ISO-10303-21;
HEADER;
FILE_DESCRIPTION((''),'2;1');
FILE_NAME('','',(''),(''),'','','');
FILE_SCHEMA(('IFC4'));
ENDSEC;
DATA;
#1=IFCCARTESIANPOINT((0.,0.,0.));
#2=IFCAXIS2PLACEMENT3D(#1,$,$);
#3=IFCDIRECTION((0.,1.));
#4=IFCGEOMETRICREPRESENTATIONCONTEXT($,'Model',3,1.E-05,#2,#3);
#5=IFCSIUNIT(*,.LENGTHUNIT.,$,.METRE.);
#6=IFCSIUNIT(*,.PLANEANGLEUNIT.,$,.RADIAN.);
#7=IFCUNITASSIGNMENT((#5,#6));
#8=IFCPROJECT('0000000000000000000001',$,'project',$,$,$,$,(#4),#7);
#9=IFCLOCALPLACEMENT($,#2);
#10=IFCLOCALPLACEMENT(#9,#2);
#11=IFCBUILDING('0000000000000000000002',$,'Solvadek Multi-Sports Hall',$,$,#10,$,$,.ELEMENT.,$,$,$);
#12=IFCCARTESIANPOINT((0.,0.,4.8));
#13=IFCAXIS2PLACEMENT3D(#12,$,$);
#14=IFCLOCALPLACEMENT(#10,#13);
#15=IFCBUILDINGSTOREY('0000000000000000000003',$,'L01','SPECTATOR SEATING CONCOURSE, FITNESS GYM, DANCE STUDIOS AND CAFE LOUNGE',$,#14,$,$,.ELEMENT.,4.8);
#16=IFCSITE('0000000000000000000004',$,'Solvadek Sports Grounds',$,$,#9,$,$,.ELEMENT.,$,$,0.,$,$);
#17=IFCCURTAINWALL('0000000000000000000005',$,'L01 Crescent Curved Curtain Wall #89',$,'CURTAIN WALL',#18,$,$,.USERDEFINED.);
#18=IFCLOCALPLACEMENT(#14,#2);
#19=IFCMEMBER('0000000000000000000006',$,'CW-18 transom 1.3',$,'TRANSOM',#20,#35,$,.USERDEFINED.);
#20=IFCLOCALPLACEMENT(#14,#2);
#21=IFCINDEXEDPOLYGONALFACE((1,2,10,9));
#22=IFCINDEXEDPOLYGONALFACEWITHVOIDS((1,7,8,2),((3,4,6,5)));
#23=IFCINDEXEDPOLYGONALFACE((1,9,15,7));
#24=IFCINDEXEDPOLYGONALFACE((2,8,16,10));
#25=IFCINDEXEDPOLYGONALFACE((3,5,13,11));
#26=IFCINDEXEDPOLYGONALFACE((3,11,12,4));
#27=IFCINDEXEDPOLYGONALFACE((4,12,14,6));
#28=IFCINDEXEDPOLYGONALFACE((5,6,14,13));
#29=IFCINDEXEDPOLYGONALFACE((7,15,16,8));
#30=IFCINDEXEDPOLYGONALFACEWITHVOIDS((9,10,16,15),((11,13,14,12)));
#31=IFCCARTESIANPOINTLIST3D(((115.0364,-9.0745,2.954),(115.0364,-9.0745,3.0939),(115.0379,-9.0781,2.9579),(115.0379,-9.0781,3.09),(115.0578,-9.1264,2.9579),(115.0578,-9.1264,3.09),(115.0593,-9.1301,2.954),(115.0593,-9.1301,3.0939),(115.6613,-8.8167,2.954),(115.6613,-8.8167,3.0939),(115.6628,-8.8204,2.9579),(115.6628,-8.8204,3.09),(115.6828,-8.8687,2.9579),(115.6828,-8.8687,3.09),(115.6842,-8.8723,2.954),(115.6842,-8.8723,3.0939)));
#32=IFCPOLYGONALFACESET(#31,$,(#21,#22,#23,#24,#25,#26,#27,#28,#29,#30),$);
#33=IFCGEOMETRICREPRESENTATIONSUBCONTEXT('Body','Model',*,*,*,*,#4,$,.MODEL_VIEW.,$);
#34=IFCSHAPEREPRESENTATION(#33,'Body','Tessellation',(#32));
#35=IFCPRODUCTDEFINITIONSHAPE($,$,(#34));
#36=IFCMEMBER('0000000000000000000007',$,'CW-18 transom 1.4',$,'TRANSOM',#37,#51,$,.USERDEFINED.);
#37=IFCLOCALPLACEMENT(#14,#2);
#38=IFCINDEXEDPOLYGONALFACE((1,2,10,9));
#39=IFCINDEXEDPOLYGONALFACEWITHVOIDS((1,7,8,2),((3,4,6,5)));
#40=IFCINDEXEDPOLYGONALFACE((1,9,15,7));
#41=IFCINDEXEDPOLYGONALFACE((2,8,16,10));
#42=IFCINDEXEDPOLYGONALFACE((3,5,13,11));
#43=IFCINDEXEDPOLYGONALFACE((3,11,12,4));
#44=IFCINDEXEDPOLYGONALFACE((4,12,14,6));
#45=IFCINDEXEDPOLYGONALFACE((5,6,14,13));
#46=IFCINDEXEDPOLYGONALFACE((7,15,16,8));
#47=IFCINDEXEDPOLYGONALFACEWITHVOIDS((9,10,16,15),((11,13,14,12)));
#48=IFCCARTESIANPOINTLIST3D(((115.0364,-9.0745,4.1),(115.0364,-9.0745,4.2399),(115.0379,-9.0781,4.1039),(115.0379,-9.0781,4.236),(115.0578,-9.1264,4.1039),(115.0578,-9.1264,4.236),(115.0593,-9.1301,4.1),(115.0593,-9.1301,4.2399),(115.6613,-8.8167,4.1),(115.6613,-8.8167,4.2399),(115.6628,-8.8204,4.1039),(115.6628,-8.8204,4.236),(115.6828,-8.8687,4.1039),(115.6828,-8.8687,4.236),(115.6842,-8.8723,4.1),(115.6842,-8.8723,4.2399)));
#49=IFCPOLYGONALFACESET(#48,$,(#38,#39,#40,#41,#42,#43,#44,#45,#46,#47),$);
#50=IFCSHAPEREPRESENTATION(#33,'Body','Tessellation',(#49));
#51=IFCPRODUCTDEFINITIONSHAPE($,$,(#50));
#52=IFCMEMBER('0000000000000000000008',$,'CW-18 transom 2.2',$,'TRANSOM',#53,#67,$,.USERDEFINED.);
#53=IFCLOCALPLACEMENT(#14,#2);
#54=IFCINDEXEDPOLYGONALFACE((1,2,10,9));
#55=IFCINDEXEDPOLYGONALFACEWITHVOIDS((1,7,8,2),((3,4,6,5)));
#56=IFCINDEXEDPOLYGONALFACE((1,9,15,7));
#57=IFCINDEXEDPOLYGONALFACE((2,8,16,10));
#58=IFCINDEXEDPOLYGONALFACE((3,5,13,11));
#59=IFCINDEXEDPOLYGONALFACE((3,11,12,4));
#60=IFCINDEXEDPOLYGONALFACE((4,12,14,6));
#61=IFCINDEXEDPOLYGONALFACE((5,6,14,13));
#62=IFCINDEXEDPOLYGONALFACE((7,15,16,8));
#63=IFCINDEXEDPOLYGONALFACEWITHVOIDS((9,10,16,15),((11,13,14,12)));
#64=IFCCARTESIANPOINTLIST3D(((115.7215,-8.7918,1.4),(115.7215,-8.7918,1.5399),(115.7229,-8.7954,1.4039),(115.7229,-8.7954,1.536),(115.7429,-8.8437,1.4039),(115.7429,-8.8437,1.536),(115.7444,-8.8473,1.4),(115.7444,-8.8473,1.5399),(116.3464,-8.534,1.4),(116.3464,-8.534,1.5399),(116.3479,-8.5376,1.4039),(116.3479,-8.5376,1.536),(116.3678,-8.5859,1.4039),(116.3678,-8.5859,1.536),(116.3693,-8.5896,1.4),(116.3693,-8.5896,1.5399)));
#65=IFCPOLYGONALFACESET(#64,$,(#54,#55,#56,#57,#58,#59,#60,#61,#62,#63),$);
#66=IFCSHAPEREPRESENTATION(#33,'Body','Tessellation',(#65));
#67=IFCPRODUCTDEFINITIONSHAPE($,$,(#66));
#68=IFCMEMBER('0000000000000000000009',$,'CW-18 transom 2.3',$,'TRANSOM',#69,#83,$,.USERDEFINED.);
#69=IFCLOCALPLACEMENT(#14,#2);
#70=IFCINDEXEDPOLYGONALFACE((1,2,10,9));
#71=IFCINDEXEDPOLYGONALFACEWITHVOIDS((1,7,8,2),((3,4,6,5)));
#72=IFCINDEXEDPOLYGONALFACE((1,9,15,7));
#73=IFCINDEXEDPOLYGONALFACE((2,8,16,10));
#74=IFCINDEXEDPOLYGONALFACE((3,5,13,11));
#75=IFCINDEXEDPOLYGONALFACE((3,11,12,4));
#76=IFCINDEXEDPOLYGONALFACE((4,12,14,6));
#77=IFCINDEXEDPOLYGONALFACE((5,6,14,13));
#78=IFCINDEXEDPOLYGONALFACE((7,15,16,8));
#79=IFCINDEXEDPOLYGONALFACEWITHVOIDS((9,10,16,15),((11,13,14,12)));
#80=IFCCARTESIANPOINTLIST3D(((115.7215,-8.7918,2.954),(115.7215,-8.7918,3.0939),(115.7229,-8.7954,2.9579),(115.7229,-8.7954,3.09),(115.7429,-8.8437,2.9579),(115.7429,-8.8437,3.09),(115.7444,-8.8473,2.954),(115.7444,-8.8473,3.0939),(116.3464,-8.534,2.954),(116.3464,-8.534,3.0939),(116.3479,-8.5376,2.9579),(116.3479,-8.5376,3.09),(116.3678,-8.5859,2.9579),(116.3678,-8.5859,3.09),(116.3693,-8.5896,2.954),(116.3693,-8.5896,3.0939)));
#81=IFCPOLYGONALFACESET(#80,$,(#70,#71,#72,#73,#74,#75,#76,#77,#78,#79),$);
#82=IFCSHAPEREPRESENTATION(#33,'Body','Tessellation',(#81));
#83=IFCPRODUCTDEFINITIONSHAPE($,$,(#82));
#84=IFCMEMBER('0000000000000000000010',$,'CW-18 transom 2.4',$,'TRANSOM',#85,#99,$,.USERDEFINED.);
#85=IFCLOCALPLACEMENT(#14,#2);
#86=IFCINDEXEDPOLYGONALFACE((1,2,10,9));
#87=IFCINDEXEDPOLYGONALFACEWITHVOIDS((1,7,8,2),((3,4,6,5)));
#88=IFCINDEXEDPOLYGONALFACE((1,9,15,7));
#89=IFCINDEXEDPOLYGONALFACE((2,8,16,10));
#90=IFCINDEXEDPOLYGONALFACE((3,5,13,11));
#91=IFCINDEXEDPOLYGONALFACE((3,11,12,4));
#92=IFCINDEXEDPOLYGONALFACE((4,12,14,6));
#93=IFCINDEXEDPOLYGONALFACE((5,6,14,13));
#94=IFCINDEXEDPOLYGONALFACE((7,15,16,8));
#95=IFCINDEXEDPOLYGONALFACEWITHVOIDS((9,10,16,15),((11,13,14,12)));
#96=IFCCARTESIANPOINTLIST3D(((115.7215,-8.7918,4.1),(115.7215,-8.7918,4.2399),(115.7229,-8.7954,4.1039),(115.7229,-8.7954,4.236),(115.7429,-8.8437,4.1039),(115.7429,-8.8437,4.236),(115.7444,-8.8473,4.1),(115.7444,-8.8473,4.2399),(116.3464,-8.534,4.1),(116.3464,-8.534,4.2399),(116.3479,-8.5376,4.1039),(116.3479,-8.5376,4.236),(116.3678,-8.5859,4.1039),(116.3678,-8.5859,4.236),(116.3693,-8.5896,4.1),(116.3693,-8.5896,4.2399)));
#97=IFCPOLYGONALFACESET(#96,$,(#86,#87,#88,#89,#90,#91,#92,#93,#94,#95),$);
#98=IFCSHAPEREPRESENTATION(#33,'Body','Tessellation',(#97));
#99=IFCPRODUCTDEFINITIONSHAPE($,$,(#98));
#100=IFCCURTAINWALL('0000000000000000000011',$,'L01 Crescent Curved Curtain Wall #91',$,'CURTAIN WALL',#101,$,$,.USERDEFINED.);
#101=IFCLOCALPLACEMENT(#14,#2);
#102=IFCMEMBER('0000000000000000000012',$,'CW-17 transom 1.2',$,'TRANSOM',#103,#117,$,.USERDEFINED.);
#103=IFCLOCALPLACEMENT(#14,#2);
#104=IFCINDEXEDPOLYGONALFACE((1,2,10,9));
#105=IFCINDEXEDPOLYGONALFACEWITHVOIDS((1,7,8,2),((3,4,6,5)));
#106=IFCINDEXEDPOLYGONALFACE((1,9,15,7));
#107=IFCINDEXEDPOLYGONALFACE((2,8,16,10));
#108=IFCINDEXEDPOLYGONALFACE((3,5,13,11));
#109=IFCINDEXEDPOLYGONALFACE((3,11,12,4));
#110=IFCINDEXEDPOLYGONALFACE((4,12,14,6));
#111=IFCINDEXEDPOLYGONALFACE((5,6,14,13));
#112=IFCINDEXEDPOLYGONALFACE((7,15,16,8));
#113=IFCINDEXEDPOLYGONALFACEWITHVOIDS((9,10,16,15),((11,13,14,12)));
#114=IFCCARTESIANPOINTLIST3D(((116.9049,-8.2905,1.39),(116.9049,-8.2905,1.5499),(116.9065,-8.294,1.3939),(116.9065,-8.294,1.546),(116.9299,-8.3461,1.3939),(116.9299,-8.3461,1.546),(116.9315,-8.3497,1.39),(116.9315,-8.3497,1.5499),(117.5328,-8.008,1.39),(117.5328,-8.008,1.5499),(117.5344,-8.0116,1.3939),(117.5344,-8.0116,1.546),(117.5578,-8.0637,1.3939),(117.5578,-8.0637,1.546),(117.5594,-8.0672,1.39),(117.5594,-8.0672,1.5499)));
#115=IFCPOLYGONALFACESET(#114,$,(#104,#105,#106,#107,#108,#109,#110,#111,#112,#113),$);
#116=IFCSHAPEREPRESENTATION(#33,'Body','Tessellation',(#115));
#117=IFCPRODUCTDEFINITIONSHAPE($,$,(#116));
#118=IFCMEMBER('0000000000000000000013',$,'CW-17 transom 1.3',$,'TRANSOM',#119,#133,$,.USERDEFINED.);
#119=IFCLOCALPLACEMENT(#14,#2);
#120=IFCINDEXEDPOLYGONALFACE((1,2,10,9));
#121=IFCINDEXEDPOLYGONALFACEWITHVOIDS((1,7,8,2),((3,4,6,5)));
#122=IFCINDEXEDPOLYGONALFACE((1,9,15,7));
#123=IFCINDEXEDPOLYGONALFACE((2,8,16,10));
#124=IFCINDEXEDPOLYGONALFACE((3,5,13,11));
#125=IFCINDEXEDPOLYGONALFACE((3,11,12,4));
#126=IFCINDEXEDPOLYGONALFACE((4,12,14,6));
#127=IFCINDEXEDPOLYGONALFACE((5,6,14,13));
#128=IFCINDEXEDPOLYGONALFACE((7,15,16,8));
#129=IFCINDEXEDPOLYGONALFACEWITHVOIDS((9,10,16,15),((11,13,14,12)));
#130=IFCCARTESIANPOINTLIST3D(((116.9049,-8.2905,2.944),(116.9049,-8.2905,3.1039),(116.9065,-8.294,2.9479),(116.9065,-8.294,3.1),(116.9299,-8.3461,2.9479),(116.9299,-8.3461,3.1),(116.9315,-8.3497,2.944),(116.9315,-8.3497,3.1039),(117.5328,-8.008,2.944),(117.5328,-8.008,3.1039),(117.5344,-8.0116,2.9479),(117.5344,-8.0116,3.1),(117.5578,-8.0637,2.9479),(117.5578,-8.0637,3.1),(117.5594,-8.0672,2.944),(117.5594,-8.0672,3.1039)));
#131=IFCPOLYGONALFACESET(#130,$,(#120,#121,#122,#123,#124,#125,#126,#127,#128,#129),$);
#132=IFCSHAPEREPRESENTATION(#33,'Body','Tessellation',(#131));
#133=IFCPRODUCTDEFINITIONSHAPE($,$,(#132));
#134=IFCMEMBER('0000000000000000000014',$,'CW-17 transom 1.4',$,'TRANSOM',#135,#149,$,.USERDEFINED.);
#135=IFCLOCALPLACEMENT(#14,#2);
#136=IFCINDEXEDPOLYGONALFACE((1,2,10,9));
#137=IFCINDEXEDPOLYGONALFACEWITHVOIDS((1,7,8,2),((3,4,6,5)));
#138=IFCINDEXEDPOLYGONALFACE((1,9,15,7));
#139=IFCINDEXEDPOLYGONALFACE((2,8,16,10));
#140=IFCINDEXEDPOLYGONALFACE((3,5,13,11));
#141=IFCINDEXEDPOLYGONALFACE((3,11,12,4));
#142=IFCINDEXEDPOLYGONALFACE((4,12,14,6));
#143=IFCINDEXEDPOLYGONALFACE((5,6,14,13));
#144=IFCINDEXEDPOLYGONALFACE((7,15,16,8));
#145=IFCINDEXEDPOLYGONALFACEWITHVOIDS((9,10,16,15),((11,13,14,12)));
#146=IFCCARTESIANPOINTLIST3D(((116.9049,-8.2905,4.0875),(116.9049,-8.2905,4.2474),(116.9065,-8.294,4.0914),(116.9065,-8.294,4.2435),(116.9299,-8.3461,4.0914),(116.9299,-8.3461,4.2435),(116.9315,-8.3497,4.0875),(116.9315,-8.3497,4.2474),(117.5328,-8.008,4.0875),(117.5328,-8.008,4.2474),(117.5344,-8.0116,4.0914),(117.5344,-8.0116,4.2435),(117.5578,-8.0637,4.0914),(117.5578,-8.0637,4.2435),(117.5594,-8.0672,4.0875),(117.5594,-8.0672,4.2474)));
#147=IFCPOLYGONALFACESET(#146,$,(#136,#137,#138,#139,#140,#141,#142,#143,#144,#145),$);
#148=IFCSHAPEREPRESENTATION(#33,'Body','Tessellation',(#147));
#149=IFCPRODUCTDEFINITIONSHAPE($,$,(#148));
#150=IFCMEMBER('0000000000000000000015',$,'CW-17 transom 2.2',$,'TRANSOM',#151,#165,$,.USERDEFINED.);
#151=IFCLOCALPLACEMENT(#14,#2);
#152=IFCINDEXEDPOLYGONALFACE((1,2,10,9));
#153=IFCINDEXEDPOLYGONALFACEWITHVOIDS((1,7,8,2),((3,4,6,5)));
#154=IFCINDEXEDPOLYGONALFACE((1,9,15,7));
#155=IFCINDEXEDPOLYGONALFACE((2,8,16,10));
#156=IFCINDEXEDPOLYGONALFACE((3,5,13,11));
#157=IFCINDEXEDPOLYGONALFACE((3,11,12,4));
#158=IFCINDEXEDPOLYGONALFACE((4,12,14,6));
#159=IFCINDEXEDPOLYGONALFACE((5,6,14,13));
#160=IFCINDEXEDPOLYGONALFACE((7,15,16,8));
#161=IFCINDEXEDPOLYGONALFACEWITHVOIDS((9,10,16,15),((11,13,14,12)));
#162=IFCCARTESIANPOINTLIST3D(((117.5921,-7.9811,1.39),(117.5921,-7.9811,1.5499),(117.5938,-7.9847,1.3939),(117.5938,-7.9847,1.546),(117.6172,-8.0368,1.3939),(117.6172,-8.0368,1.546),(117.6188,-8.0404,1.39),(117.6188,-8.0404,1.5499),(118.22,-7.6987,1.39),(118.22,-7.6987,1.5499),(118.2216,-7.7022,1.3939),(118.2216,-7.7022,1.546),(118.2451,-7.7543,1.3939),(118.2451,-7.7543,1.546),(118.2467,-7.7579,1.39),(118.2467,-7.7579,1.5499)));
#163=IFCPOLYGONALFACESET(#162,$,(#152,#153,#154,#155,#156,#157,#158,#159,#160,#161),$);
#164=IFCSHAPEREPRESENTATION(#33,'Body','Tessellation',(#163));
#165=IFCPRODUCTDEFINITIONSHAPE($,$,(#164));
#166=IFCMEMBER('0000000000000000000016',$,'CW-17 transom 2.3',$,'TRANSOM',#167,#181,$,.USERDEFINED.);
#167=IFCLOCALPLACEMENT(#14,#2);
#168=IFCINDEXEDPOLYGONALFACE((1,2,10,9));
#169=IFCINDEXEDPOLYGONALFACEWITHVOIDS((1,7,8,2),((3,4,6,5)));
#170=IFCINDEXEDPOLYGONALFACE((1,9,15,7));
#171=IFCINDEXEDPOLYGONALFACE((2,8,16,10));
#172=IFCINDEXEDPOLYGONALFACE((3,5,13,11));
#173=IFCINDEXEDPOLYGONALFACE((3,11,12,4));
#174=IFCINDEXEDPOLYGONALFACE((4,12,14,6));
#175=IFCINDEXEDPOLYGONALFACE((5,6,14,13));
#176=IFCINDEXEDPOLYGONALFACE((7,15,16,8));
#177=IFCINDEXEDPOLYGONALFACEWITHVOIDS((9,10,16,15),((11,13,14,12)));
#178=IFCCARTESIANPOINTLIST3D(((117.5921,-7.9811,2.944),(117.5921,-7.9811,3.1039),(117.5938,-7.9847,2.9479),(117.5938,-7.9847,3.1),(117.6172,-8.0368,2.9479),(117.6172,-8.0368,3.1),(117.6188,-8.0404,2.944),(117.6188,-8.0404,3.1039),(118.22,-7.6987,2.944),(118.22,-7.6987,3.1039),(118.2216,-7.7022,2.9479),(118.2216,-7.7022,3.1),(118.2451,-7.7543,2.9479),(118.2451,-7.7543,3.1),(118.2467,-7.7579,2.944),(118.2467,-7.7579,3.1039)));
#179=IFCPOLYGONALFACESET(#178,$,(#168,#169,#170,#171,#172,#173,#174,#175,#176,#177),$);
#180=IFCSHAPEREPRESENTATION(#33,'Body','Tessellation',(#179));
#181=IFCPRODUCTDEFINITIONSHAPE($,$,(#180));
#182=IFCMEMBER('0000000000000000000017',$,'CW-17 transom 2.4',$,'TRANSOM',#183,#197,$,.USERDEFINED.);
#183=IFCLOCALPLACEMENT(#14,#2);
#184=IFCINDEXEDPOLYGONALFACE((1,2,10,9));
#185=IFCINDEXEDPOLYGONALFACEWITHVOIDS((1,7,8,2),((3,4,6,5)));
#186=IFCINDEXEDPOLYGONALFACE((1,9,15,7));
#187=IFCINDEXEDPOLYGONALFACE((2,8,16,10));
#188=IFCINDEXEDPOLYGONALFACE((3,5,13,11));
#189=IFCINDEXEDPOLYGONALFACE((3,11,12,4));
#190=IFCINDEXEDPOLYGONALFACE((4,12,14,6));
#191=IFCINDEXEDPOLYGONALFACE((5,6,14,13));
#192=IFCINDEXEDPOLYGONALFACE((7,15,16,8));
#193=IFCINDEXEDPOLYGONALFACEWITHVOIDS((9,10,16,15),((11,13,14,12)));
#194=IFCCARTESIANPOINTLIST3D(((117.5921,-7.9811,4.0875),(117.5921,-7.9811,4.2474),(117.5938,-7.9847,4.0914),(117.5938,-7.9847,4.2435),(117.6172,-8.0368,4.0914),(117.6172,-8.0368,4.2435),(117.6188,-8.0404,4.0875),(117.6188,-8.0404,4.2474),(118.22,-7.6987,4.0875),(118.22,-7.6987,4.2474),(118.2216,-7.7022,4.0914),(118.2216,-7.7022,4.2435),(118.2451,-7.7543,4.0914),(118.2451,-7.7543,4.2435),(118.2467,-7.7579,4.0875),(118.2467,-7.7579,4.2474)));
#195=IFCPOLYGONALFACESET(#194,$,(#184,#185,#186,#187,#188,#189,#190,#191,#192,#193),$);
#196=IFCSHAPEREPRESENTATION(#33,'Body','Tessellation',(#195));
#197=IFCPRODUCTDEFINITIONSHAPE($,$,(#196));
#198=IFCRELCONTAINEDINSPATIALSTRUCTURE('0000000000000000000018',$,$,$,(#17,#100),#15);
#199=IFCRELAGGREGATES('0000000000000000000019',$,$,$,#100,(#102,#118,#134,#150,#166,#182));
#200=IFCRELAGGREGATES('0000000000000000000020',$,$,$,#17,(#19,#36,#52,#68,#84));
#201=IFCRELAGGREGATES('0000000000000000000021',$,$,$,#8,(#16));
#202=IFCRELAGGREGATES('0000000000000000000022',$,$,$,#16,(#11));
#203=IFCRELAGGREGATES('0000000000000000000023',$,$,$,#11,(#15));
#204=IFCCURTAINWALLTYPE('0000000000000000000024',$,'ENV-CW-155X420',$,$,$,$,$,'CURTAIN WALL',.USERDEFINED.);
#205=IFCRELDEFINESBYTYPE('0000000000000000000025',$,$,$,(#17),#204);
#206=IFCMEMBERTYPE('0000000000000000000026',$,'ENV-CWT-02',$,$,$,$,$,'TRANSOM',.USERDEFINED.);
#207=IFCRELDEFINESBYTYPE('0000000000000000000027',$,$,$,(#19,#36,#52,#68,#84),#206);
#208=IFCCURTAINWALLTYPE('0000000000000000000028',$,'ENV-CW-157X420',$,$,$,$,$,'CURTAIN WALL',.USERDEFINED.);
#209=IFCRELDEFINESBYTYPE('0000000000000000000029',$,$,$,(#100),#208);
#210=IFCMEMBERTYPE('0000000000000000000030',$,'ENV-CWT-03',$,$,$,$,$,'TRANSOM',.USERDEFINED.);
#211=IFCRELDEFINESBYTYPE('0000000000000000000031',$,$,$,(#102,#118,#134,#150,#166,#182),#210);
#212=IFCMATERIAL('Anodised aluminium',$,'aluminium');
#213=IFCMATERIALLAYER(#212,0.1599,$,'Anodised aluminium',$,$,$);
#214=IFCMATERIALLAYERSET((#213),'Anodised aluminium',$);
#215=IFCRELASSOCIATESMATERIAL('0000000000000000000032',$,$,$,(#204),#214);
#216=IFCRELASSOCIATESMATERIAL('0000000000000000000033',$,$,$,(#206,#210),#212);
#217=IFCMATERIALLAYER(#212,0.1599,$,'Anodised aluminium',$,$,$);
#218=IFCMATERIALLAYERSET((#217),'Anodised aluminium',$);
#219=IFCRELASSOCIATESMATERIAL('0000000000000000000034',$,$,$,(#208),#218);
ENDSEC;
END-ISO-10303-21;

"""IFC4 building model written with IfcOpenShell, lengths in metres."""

from ifc_helpers import new_model, si_unit, direction, frame, origin, origin_2d, place, context, subcontext, project, spatial, hollow_rectangle, extrude, material, layer, layer_set, material_profile, profile_set, type_object, element, aggregate, save


model = new_model("IFC4")

# Units and contexts
model_context = context("Model", 3, precision=1e-05, world=origin(), true_north=direction((0.0, 1.0)))
body_context = subcontext(model_context, "Body", "Model", "MODEL_VIEW")
ifc_project = project(units=[si_unit("LENGTHUNIT", "METRE"), si_unit("PLANEANGLEUNIT", "RADIAN")], contexts=[model_context])

# Site, building, storey
site_placement = place(None, origin())
site = spatial("IfcSite", under=ifc_project, at=site_placement, Name="Solvadek Sports Grounds", CompositionType="ELEMENT", RefElevation=0.0)
building_placement = place(site_placement, origin())
building = spatial("IfcBuilding", under=site, at=building_placement, Name="Solvadek Multi-Sports Hall", CompositionType="ELEMENT")
storey_placement = place(building_placement, frame((0.0, 0.0, 4.8)))
storey = spatial("IfcBuildingStorey", under=building, at=storey_placement, Name="L01", Description="SPECTATOR SEATING CONCOURSE, FITNESS GYM, DANCE STUDIOS AND CAFE LOUNGE", CompositionType="ELEMENT", Elevation=4.8)

# Curtain walls, members
ifc_material_1 = material(Name="Anodised aluminium", Category="aluminium")
ifc_layer_1 = layer(ifc_material_1, 0.1599, Name="Anodised aluminium")
ifc_layer_set_1 = layer_set([ifc_layer_1], Name="Anodised aluminium")
curtain_wall_type_1 = type_object("IfcCurtainWallType", Name="ENV-CW-155X420", ElementType="CURTAIN WALL", PredefinedType="USERDEFINED", material=ifc_layer_set_1)
curtain_wall_1_placement = place(storey_placement, origin())
curtain_wall_1 = element("IfcCurtainWall", 1, at=curtain_wall_1_placement, inside=storey, type_object=curtain_wall_type_1, Name="L01 Crescent Curved Curtain Wall #89", ObjectType="CURTAIN WALL", PredefinedType="USERDEFINED")
ifc_material_profile_1 = material_profile(ifc_material_1, hollow_rectangle(XDim=0.0601, YDim=0.1399, WallThickness=0.0039, at=origin_2d()), Name="ALU-T 140x60x4")
ifc_profile_set_1 = profile_set([ifc_material_profile_1], Name="Anodised aluminium")
member_type_1 = type_object("IfcMemberType", Name="ENV-CWT-02", ElementType="TRANSOM", PredefinedType="USERDEFINED", material=ifc_profile_set_1)
member_1_placement = place(storey_placement, frame((115.0479, -9.1023, 3.0239), z_axis=(0.924439, 0.381331, 0.0), x_axis=(-0.381331, 0.924439, 0.0)))
member_1 = element("IfcMember", 2, at=member_1_placement, type_object=member_type_1, Name="CW-18 transom 1.3", ObjectType="TRANSOM", PredefinedType="USERDEFINED", context=body_context, shape_type="SweptSolid", body=[
    extrude(hollow_rectangle(XDim=0.0601, YDim=0.1399, WallThickness=0.0039, at=origin_2d()), origin(), (0.0, 0.0, 1.0), 0.676),
])
member_2_placement = place(storey_placement, frame((115.0479, -9.1023, 4.1699), z_axis=(0.924439, 0.381331, 0.0), x_axis=(-0.381331, 0.924439, 0.0)))
member_2 = element("IfcMember", 3, at=member_2_placement, type_object=member_type_1, Name="CW-18 transom 1.4", ObjectType="TRANSOM", PredefinedType="USERDEFINED", context=body_context, shape_type="SweptSolid", body=[
    extrude(hollow_rectangle(XDim=0.0601, YDim=0.1399, WallThickness=0.0039, at=origin_2d()), origin(), (0.0, 0.0, 1.0), 0.676),
])
member_3_placement = place(storey_placement, frame((115.7329, -8.8196, 1.47), z_axis=(0.924439, 0.381331, 0.0), x_axis=(-0.381331, 0.924439, 0.0)))
member_3 = element("IfcMember", 4, at=member_3_placement, type_object=member_type_1, Name="CW-18 transom 2.2", ObjectType="TRANSOM", PredefinedType="USERDEFINED", context=body_context, shape_type="SweptSolid", body=[
    extrude(hollow_rectangle(XDim=0.0601, YDim=0.1399, WallThickness=0.0039, at=origin_2d()), origin(), (0.0, 0.0, 1.0), 0.676),
])
member_4_placement = place(storey_placement, frame((115.7329, -8.8196, 3.0239), z_axis=(0.924439, 0.381331, 0.0), x_axis=(-0.381331, 0.924439, 0.0)))
member_4 = element("IfcMember", 5, at=member_4_placement, type_object=member_type_1, Name="CW-18 transom 2.3", ObjectType="TRANSOM", PredefinedType="USERDEFINED", context=body_context, shape_type="SweptSolid", body=[
    extrude(hollow_rectangle(XDim=0.0601, YDim=0.1399, WallThickness=0.0039, at=origin_2d()), origin(), (0.0, 0.0, 1.0), 0.676),
])
member_5_placement = place(storey_placement, frame((115.7329, -8.8196, 4.1699), z_axis=(0.924439, 0.381331, 0.0), x_axis=(-0.381331, 0.924439, 0.0)))
member_5 = element("IfcMember", 6, at=member_5_placement, type_object=member_type_1, Name="CW-18 transom 2.4", ObjectType="TRANSOM", PredefinedType="USERDEFINED", context=body_context, shape_type="SweptSolid", body=[
    extrude(hollow_rectangle(XDim=0.0601, YDim=0.1399, WallThickness=0.0039, at=origin_2d()), origin(), (0.0, 0.0, 1.0), 0.676),
])
ifc_layer_2 = layer(ifc_material_1, 0.1599, Name="Anodised aluminium")
ifc_layer_set_2 = layer_set([ifc_layer_2], Name="Anodised aluminium")
curtain_wall_type_2 = type_object("IfcCurtainWallType", Name="ENV-CW-157X420", ElementType="CURTAIN WALL", PredefinedType="USERDEFINED", material=ifc_layer_set_2)
curtain_wall_2_placement = place(storey_placement, origin())
curtain_wall_2 = element("IfcCurtainWall", 7, at=curtain_wall_2_placement, inside=storey, type_object=curtain_wall_type_2, Name="L01 Crescent Curved Curtain Wall #91", ObjectType="CURTAIN WALL", PredefinedType="USERDEFINED")
ifc_material_profile_2 = material_profile(ifc_material_1, hollow_rectangle(XDim=0.0649, YDim=0.1599, WallThickness=0.0039, at=origin_2d()), Name="ALU-T 160x65x4")
ifc_profile_set_2 = profile_set([ifc_material_profile_2], Name="Anodised aluminium")
member_type_2 = type_object("IfcMemberType", Name="ENV-CWT-03", ElementType="TRANSOM", PredefinedType="USERDEFINED", material=ifc_profile_set_2)
member_6_placement = place(storey_placement, frame((116.9182, -8.3201, 1.47), z_axis=(0.911975, 0.410247, 0.0), x_axis=(-0.410247, 0.911975, 0.0)))
member_6 = element("IfcMember", 8, at=member_6_placement, type_object=member_type_2, Name="CW-17 transom 1.2", ObjectType="TRANSOM", PredefinedType="USERDEFINED", context=body_context, shape_type="SweptSolid", body=[
    extrude(hollow_rectangle(XDim=0.0649, YDim=0.1599, WallThickness=0.0039, at=origin_2d()), origin(), (0.0, 0.0, 1.0), 0.6885),
])
member_7_placement = place(storey_placement, frame((116.9182, -8.3201, 3.0239), z_axis=(0.911975, 0.410247, 0.0), x_axis=(-0.410247, 0.911975, 0.0)))
member_7 = element("IfcMember", 9, at=member_7_placement, type_object=member_type_2, Name="CW-17 transom 1.3", ObjectType="TRANSOM", PredefinedType="USERDEFINED", context=body_context, shape_type="SweptSolid", body=[
    extrude(hollow_rectangle(XDim=0.0649, YDim=0.1599, WallThickness=0.0039, at=origin_2d()), origin(), (0.0, 0.0, 1.0), 0.6885),
])
member_8_placement = place(storey_placement, frame((116.9182, -8.3201, 4.1675), z_axis=(0.911975, 0.410247, 0.0), x_axis=(-0.410247, 0.911975, 0.0)))
member_8 = element("IfcMember", 10, at=member_8_placement, type_object=member_type_2, Name="CW-17 transom 1.4", ObjectType="TRANSOM", PredefinedType="USERDEFINED", context=body_context, shape_type="SweptSolid", body=[
    extrude(hollow_rectangle(XDim=0.0649, YDim=0.1599, WallThickness=0.0039, at=origin_2d()), origin(), (0.0, 0.0, 1.0), 0.6885),
])
member_9_placement = place(storey_placement, frame((117.6055, -8.0107, 1.47), z_axis=(0.911975, 0.410247, 0.0), x_axis=(-0.410247, 0.911975, 0.0)))
member_9 = element("IfcMember", 11, at=member_9_placement, type_object=member_type_2, Name="CW-17 transom 2.2", ObjectType="TRANSOM", PredefinedType="USERDEFINED", context=body_context, shape_type="SweptSolid", body=[
    extrude(hollow_rectangle(XDim=0.0649, YDim=0.1599, WallThickness=0.0039, at=origin_2d()), origin(), (0.0, 0.0, 1.0), 0.6885),
])
member_10_placement = place(storey_placement, frame((117.6055, -8.0107, 3.0239), z_axis=(0.911975, 0.410247, 0.0), x_axis=(-0.410247, 0.911975, 0.0)))
member_10 = element("IfcMember", 12, at=member_10_placement, type_object=member_type_2, Name="CW-17 transom 2.3", ObjectType="TRANSOM", PredefinedType="USERDEFINED", context=body_context, shape_type="SweptSolid", body=[
    extrude(hollow_rectangle(XDim=0.0649, YDim=0.1599, WallThickness=0.0039, at=origin_2d()), origin(), (0.0, 0.0, 1.0), 0.6885),
])
member_11_placement = place(storey_placement, frame((117.6055, -8.0107, 4.1675), z_axis=(0.911975, 0.410247, 0.0), x_axis=(-0.410247, 0.911975, 0.0)))
member_11 = element("IfcMember", 13, at=member_11_placement, type_object=member_type_2, Name="CW-17 transom 2.4", ObjectType="TRANSOM", PredefinedType="USERDEFINED", context=body_context, shape_type="SweptSolid", body=[
    extrude(hollow_rectangle(XDim=0.0649, YDim=0.1599, WallThickness=0.0039, at=origin_2d()), origin(), (0.0, 0.0, 1.0), 0.6885),
])

aggregate(curtain_wall_2, [member_6, member_7, member_8, member_9, member_10, member_11])
aggregate(curtain_wall_1, [member_1, member_2, member_3, member_4, member_5])

save(model, "model.ifc")
